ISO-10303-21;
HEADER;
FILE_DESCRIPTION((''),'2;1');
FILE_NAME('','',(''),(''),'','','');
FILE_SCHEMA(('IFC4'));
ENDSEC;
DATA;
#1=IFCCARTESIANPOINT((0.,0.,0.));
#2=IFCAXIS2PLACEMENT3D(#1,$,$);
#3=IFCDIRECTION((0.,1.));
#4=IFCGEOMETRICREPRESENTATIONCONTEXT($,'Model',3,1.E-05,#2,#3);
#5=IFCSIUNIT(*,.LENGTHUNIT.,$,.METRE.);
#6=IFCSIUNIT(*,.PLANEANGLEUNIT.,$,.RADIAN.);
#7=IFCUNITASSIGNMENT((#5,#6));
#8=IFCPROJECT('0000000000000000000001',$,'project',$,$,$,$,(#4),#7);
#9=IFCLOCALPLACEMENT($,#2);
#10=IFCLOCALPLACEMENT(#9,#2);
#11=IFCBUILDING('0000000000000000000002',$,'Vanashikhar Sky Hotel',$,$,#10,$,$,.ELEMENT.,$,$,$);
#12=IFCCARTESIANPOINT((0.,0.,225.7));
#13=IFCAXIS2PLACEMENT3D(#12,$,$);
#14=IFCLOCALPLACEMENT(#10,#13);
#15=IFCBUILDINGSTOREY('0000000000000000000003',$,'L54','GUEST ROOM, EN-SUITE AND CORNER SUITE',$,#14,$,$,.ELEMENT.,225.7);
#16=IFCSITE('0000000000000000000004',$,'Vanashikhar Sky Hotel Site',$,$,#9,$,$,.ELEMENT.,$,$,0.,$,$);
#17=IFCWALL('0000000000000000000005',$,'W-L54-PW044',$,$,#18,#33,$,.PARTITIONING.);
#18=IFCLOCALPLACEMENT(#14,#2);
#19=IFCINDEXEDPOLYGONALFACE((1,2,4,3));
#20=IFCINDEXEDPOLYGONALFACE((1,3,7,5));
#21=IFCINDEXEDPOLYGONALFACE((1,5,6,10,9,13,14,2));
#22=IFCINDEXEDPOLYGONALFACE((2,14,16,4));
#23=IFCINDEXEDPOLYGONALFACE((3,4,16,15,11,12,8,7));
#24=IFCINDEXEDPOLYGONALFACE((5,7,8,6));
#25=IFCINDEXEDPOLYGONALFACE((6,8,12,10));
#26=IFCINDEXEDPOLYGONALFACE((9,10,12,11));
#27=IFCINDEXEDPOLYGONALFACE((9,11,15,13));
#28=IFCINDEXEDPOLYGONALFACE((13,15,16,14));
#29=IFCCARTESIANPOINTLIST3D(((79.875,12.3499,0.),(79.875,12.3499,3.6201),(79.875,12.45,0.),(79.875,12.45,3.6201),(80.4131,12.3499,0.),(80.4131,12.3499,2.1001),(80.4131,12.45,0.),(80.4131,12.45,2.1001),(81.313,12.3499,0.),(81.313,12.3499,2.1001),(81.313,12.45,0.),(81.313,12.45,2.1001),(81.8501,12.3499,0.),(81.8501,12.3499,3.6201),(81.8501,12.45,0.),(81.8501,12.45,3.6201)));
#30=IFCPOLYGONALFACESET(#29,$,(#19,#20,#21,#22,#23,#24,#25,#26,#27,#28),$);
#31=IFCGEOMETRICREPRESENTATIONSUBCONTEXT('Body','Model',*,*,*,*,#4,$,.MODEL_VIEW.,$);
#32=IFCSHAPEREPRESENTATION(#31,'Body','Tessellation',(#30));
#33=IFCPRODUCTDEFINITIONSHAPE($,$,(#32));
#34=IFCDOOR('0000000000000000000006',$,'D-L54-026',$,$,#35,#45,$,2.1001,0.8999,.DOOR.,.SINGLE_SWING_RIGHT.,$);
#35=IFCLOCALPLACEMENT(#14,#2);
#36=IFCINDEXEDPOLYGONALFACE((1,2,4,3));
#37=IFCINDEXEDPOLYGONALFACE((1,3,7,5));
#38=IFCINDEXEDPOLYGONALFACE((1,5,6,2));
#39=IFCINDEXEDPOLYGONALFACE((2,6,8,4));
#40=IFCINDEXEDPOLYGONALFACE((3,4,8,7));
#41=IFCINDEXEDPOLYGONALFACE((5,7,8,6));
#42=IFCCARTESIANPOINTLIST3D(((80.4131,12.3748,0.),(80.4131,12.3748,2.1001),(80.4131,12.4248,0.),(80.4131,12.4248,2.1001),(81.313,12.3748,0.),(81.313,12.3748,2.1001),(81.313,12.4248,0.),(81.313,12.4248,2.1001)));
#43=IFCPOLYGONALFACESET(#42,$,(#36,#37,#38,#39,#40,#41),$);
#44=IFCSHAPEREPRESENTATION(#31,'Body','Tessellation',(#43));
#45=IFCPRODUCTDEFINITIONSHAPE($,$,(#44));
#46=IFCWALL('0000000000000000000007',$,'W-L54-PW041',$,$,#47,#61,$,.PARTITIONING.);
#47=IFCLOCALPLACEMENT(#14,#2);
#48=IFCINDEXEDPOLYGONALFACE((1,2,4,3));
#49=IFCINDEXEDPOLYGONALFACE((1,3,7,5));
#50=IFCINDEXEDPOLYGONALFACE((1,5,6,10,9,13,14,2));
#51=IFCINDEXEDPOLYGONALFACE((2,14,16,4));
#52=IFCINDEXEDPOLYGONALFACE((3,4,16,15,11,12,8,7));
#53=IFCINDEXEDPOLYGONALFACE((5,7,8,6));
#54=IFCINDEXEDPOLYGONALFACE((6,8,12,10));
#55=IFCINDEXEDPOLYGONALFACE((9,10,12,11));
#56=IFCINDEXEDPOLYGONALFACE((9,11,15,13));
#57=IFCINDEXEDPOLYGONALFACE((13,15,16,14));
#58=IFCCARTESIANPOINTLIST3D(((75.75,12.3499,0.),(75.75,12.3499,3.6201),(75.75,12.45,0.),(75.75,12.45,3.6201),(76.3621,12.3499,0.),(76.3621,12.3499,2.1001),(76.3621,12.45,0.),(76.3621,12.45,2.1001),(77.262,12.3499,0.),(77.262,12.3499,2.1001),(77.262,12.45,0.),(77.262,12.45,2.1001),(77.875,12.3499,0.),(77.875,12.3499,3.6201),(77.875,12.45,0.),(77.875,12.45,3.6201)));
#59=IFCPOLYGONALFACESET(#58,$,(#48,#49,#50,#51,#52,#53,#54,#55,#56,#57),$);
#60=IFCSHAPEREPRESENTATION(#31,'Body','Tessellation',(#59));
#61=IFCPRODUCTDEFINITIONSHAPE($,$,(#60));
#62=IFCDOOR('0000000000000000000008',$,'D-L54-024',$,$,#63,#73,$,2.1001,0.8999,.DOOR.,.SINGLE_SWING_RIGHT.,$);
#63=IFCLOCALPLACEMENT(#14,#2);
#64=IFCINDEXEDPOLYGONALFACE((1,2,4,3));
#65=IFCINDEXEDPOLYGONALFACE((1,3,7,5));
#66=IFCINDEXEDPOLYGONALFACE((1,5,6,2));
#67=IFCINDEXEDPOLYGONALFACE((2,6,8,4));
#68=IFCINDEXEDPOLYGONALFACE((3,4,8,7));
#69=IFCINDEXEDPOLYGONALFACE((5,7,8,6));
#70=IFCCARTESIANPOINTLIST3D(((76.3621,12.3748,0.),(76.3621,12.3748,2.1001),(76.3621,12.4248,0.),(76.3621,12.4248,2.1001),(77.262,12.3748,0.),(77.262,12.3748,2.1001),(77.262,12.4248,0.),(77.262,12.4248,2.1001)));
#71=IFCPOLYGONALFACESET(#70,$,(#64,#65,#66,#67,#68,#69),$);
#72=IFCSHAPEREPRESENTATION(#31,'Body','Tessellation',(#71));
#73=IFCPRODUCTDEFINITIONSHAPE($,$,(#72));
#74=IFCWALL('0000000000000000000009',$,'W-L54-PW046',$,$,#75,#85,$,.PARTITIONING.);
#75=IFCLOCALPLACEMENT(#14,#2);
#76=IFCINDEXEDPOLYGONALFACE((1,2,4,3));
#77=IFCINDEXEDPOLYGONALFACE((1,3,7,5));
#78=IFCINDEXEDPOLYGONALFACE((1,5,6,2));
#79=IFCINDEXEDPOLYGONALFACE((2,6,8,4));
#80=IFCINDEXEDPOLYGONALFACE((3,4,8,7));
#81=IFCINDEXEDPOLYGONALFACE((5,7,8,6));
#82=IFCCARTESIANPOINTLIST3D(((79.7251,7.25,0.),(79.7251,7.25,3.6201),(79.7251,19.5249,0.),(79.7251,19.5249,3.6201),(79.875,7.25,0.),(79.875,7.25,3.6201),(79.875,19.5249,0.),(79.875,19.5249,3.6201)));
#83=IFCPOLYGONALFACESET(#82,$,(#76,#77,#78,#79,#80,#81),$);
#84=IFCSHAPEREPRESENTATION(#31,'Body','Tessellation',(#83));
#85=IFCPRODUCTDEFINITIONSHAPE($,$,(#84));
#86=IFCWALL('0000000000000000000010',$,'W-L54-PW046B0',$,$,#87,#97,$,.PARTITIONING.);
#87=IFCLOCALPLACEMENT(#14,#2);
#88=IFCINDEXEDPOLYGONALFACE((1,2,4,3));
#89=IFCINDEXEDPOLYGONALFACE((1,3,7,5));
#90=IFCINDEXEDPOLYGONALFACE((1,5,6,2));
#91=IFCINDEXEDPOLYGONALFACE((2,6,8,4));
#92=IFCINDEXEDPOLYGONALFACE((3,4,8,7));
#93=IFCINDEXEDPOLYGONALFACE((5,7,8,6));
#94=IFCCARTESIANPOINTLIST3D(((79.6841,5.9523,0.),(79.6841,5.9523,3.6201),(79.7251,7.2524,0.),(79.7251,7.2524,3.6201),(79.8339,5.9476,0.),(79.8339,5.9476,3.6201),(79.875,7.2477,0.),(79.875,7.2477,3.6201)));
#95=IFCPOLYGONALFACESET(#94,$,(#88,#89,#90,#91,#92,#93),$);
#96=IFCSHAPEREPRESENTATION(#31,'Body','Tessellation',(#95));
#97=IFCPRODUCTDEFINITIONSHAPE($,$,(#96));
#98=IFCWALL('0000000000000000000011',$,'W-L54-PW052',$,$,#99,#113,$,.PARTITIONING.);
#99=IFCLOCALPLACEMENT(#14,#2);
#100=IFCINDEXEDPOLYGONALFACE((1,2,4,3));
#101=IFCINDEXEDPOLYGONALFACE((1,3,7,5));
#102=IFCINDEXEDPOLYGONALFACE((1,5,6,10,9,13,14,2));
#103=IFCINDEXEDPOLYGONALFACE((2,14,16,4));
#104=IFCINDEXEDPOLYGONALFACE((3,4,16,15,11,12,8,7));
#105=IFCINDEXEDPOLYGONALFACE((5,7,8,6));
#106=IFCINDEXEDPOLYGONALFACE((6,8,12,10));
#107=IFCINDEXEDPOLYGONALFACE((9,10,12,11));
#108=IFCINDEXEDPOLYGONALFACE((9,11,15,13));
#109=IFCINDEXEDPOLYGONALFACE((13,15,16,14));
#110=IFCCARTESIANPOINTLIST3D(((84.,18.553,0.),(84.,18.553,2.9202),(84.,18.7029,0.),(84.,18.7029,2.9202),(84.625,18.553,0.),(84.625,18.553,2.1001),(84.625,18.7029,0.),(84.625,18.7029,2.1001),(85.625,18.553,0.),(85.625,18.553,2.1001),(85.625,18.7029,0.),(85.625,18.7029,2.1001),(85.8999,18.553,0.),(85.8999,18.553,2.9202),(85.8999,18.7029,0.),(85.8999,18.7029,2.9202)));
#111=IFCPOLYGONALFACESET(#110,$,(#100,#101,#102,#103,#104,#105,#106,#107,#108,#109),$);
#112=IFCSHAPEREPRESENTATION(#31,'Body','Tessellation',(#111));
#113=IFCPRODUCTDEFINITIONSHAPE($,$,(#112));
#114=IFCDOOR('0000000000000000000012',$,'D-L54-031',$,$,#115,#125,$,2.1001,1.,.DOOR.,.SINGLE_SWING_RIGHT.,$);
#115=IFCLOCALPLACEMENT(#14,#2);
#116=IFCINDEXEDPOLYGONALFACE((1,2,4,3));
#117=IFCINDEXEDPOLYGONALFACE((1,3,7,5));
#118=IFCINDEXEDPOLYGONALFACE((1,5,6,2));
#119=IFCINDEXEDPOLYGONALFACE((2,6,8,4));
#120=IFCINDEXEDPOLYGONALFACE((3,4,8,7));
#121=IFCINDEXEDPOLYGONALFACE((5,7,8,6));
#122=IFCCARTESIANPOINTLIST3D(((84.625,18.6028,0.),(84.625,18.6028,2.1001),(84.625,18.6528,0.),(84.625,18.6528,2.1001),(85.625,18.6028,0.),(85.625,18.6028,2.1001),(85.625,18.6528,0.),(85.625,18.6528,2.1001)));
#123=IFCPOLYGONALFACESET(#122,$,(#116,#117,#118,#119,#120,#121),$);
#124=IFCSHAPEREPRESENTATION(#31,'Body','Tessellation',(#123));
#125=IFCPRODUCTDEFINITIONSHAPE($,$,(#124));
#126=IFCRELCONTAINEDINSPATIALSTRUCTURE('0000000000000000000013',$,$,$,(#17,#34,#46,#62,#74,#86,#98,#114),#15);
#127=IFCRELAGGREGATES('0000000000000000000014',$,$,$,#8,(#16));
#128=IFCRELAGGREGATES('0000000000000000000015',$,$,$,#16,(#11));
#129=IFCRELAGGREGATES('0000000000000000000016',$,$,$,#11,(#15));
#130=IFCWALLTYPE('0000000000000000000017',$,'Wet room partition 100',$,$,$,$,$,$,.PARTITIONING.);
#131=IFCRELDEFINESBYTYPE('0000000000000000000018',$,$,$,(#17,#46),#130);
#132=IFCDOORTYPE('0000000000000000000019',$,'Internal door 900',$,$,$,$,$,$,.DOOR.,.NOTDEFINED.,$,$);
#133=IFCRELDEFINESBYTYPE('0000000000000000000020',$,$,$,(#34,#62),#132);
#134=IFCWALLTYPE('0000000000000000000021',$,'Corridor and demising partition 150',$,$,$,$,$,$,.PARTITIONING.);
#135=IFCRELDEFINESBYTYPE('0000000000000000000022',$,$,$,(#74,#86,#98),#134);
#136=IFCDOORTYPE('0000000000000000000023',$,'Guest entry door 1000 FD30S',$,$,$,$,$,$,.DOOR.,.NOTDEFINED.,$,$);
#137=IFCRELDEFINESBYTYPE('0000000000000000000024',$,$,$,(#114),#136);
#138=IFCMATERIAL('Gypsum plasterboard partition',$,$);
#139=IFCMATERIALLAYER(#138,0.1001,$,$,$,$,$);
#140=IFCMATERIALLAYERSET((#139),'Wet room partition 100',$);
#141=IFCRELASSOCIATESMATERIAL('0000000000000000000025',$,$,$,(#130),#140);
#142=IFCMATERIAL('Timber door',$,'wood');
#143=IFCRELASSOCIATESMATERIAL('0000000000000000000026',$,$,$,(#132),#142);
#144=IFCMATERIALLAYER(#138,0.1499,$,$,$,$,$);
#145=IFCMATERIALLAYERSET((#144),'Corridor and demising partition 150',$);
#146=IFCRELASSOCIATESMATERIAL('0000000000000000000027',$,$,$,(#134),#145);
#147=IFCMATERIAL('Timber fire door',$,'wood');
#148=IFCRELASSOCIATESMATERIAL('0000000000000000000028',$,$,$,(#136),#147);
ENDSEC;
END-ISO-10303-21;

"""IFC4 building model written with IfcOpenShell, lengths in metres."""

from ifc_helpers import new_model, si_unit, direction, frame, frame_2d, origin, place, context, subcontext, project, spatial, rectangle, extrude, source, transform, mapped, material, layer, layer_set, type_object, element, fill, save


model = new_model("IFC4")

# Units and contexts
model_context = context("Model", 3, precision=1e-05, world=origin(), true_north=direction((0.0, 1.0)))
body_context = subcontext(model_context, "Body", "Model", "MODEL_VIEW")
ifc_project = project(units=[si_unit("LENGTHUNIT", "METRE"), si_unit("PLANEANGLEUNIT", "RADIAN")], contexts=[model_context])

# Site, building, storey
site_placement = place(None, origin())
site = spatial("IfcSite", under=ifc_project, at=site_placement, Name="Vanashikhar Sky Hotel Site", CompositionType="ELEMENT", RefElevation=0.0)
building_placement = place(site_placement, origin())
building = spatial("IfcBuilding", under=site, at=building_placement, Name="Vanashikhar Sky Hotel", CompositionType="ELEMENT")
storey_placement = place(building_placement, frame((0.0, 0.0, 225.7)))
storey = spatial("IfcBuildingStorey", under=building, at=storey_placement, Name="L54", Description="GUEST ROOM, EN-SUITE AND CORNER SUITE", CompositionType="ELEMENT", Elevation=225.7)

# Shared definitions
ifc_material_1 = material(Name="Gypsum plasterboard partition")
ifc_layer_1 = layer(ifc_material_1, 0.1001)
ifc_layer_set_1 = layer_set([ifc_layer_1], Name="Wet room partition 100")
wall_type_1 = type_object("IfcWallType", Name="Wet room partition 100", PredefinedType="PARTITIONING", material=ifc_layer_set_1)

# Walls, openings, doors
shared_shape_1 = source(origin(), body_context, "Body", "SweptSolid", [
    extrude(rectangle(XDim=1.9751, YDim=0.1001, at=frame_2d((0.9875, 0.0))), origin(), (0.0, 0.0, 1.0), 3.6201),
])
wall_1_placement = place(storey_placement, frame((79.875, 12.3999, 0.0), z_axis=(0.0, 0.0, 1.0), x_axis=(1.0, 0.0, 0.0)))
wall_1 = element("IfcWall", 1, at=wall_1_placement, inside=storey, type_object=wall_type_1, Name="W-L54-PW044", PredefinedType="PARTITIONING", context=body_context, shape_type="MappedRepresentation", body=[
    mapped(shared_shape_1, transform((0.0, 0.0, 0.0), scale=1.0)),
])
shared_shape_2 = source(origin(), body_context, "Body", "SweptSolid", [
    extrude(rectangle(XDim=0.8999, YDim=2.1001, at=frame_2d((0.45, 1.05))), frame((0.0, 0.0601, 0.0), z_axis=(0.0, -1.0, 0.0), x_axis=(1.0, 0.0, 0.0)), (0.0, 0.0, 1.0), 0.1201),
])
opening_1_placement = place(wall_1_placement, frame((0.5381, 0.0, 0.0)))
opening_1 = element("IfcOpeningElement", 2, at=opening_1_placement, cuts=wall_1, PredefinedType="OPENING", context=body_context, shape_type="MappedRepresentation", body=[
    mapped(shared_shape_2, transform((0.0, 0.0, 0.0), scale=1.0)),
])
ifc_material_2 = material(Name="Timber door", Category="wood")
door_type_1 = type_object("IfcDoorType", Name="Internal door 900", OperationType="NOTDEFINED", PredefinedType="DOOR", material=ifc_material_2)
shared_shape_3 = source(origin(), body_context, "Body", "SweptSolid", [
    extrude(rectangle(XDim=0.8999, YDim=2.1001, at=frame_2d((0.45, 1.05))), frame((0.0, 0.0249, 0.0), z_axis=(0.0, -1.0, 0.0), x_axis=(1.0, 0.0, 0.0)), (0.0, 0.0, 1.0), 0.05),
])
door_1_placement = place(opening_1_placement, origin())
door_1 = element("IfcDoor", 3, at=door_1_placement, inside=storey, type_object=door_type_1, Name="D-L54-026", OperationType="SINGLE_SWING_RIGHT", OverallHeight=2.1001, OverallWidth=0.8999, PredefinedType="DOOR", context=body_context, shape_type="MappedRepresentation", body=[
    mapped(shared_shape_3, transform((0.0, 0.0, 0.0), scale=1.0)),
])
fill(opening_1, door_1)
shared_shape_4 = source(origin(), body_context, "Body", "SweptSolid", [
    extrude(rectangle(XDim=2.125, YDim=0.1001, at=frame_2d((1.0625, 0.0))), origin(), (0.0, 0.0, 1.0), 3.6201),
])
wall_2_placement = place(storey_placement, frame((75.75, 12.3999, 0.0), z_axis=(0.0, 0.0, 1.0), x_axis=(1.0, 0.0, 0.0)))
wall_2 = element("IfcWall", 4, at=wall_2_placement, inside=storey, type_object=wall_type_1, Name="W-L54-PW041", PredefinedType="PARTITIONING", context=body_context, shape_type="MappedRepresentation", body=[
    mapped(shared_shape_4, transform((0.0, 0.0, 0.0), scale=1.0)),
])
opening_2_placement = place(wall_2_placement, frame((0.6121, 0.0, 0.0)))
opening_2 = element("IfcOpeningElement", 5, at=opening_2_placement, cuts=wall_2, PredefinedType="OPENING", context=body_context, shape_type="MappedRepresentation", body=[
    mapped(shared_shape_2, transform((0.0, 0.0, 0.0), scale=1.0)),
])
door_2_placement = place(opening_2_placement, origin())
door_2 = element("IfcDoor", 6, at=door_2_placement, inside=storey, type_object=door_type_1, Name="D-L54-024", OperationType="SINGLE_SWING_RIGHT", OverallHeight=2.1001, OverallWidth=0.8999, PredefinedType="DOOR", context=body_context, shape_type="MappedRepresentation", body=[
    mapped(shared_shape_3, transform((0.0, 0.0, 0.0), scale=1.0)),
])
fill(opening_2, door_2)

# Walls
ifc_layer_2 = layer(ifc_material_1, 0.1499)
ifc_layer_set_2 = layer_set([ifc_layer_2], Name="Corridor and demising partition 150")
wall_type_2 = type_object("IfcWallType", Name="Corridor and demising partition 150", PredefinedType="PARTITIONING", material=ifc_layer_set_2)
shared_shape_5 = source(origin(), body_context, "Body", "SweptSolid", [
    extrude(rectangle(XDim=12.2749, YDim=0.1499, at=frame_2d((6.1375, 0.0))), origin(), (0.0, 0.0, 1.0), 3.6201),
])
wall_3_placement = place(storey_placement, frame((79.8, 7.25, 0.0), z_axis=(0.0, 0.0, 1.0), x_axis=(0.0, 1.0, 0.0)))
element("IfcWall", 7, at=wall_3_placement, inside=storey, type_object=wall_type_2, Name="W-L54-PW046", PredefinedType="PARTITIONING", context=body_context, shape_type="MappedRepresentation", body=[
    mapped(shared_shape_5, transform((0.0, 0.0, 0.0), scale=1.0)),
])
shared_shape_6 = source(origin(), body_context, "Body", "SweptSolid", [
    extrude(rectangle(XDim=1.3008, YDim=0.1499, at=frame_2d((0.6504, 0.0))), origin(), (0.0, 0.0, 1.0), 3.6201),
])
wall_4_placement = place(storey_placement, frame((79.759, 5.95, 0.0), z_axis=(0.0, 0.0, 1.0), x_axis=(0.031534, 0.999503, 0.0)))
element("IfcWall", 8, at=wall_4_placement, inside=storey, type_object=wall_type_2, Name="W-L54-PW046B0", PredefinedType="PARTITIONING", context=body_context, shape_type="MappedRepresentation", body=[
    mapped(shared_shape_6, transform((0.0, 0.0, 0.0), scale=1.0)),
])

# Wall, opening, door
shared_shape_7 = source(origin(), body_context, "Body", "SweptSolid", [
    extrude(rectangle(XDim=1.8999, YDim=0.1499, at=frame_2d((0.95, 0.0))), origin(), (0.0, 0.0, 1.0), 2.9202),
])
wall_5_placement = place(storey_placement, frame((84.0, 18.6279, 0.0), z_axis=(0.0, 0.0, 1.0), x_axis=(1.0, 0.0, 0.0)))
wall_5 = element("IfcWall", 9, at=wall_5_placement, inside=storey, type_object=wall_type_2, Name="W-L54-PW052", PredefinedType="PARTITIONING", context=body_context, shape_type="MappedRepresentation", body=[
    mapped(shared_shape_7, transform((0.0, 0.0, 0.0), scale=1.0)),
])
shared_shape_8 = source(origin(), body_context, "Body", "SweptSolid", [
    extrude(rectangle(XDim=1.0, YDim=2.1001, at=frame_2d((0.5, 1.05))), frame((0.0, 0.085, 0.0), z_axis=(0.0, -1.0, 0.0), x_axis=(1.0, 0.0, 0.0)), (0.0, 0.0, 1.0), 0.1699),
])
opening_3_placement = place(wall_5_placement, frame((0.625, 0.0, 0.0)))
opening_3 = element("IfcOpeningElement", 10, at=opening_3_placement, cuts=wall_5, PredefinedType="OPENING", context=body_context, shape_type="MappedRepresentation", body=[
    mapped(shared_shape_8, transform((0.0, 0.0, 0.0), scale=1.0)),
])
ifc_material_3 = material(Name="Timber fire door", Category="wood")
door_type_2 = type_object("IfcDoorType", Name="Guest entry door 1000 FD30S", OperationType="NOTDEFINED", PredefinedType="DOOR", material=ifc_material_3)
shared_shape_9 = source(origin(), body_context, "Body", "SweptSolid", [
    extrude(rectangle(XDim=1.0, YDim=2.1001, at=frame_2d((0.5, 1.05))), frame((0.0, 0.0249, 0.0), z_axis=(0.0, -1.0, 0.0), x_axis=(1.0, 0.0, 0.0)), (0.0, 0.0, 1.0), 0.05),
])
door_3_placement = place(opening_3_placement, origin())
door_3 = element("IfcDoor", 11, at=door_3_placement, inside=storey, type_object=door_type_2, Name="D-L54-031", OperationType="SINGLE_SWING_RIGHT", OverallHeight=2.1001, OverallWidth=1.0, PredefinedType="DOOR", context=body_context, shape_type="MappedRepresentation", body=[
    mapped(shared_shape_9, transform((0.0, 0.0, 0.0), scale=1.0)),
])
fill(opening_3, door_3)

save(model, "model.ifc")
